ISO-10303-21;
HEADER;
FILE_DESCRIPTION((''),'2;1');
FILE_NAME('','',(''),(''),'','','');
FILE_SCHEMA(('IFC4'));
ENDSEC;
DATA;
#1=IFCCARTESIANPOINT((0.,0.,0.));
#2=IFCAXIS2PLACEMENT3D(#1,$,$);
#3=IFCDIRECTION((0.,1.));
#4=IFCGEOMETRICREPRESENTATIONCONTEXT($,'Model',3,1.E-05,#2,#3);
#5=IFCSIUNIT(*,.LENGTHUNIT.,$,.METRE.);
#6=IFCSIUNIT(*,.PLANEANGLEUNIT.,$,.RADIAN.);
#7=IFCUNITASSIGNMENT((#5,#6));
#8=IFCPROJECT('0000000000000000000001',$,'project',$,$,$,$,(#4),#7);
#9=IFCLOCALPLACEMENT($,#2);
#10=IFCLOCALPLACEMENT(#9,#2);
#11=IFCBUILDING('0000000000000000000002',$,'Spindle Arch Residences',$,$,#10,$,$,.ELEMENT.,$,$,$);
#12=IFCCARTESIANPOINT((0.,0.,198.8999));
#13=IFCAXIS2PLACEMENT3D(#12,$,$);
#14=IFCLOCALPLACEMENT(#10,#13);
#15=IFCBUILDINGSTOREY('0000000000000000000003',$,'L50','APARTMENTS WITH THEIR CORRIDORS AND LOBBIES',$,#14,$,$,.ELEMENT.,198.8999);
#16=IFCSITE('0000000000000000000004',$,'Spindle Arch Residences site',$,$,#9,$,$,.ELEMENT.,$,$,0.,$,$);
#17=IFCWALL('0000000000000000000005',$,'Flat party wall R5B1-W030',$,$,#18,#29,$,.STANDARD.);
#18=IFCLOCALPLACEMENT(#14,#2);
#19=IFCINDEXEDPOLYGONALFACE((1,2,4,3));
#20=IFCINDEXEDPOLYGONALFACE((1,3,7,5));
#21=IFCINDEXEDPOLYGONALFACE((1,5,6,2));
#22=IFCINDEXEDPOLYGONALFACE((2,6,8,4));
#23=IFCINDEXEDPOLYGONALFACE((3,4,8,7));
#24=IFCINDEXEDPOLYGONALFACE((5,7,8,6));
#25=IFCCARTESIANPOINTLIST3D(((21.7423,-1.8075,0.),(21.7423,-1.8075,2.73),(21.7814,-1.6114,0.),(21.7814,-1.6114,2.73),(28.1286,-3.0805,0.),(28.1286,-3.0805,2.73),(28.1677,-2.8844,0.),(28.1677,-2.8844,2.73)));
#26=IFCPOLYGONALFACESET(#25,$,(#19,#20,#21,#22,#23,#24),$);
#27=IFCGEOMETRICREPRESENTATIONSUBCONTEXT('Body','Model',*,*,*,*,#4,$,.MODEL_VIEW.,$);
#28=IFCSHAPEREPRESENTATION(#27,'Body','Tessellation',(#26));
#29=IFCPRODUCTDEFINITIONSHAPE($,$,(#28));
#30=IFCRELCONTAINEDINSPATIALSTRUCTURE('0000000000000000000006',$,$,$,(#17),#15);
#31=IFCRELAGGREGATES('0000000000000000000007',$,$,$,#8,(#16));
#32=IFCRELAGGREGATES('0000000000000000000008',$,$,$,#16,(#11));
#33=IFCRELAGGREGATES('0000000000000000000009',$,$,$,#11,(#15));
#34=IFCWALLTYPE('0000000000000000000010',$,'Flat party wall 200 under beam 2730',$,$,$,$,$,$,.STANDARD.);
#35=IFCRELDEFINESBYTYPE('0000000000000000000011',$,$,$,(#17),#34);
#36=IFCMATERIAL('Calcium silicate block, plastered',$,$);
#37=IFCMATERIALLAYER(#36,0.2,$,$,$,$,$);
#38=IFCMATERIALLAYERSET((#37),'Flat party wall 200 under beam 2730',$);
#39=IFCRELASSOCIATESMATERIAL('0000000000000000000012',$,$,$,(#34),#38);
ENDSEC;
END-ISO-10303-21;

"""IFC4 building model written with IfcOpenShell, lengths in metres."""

from ifc_helpers import new_model, si_unit, direction, frame, frame_2d, origin, place, context, subcontext, project, spatial, rectangle, extrude, material, layer, layer_set, type_object, element, save


model = new_model("IFC4")

# Units and contexts
model_context = context("Model", 3, precision=1e-05, world=origin(), true_north=direction((0.0, 1.0)))
body_context = subcontext(model_context, "Body", "Model", "MODEL_VIEW")
ifc_project = project(units=[si_unit("LENGTHUNIT", "METRE"), si_unit("PLANEANGLEUNIT", "RADIAN")], contexts=[model_context])

# Site, building, storey
site_placement = place(None, origin())
site = spatial("IfcSite", under=ifc_project, at=site_placement, Name="Spindle Arch Residences site", CompositionType="ELEMENT", RefElevation=0.0)
building_placement = place(site_placement, origin())
building = spatial("IfcBuilding", under=site, at=building_placement, Name="Spindle Arch Residences", CompositionType="ELEMENT")
storey_placement = place(building_placement, frame((0.0, 0.0, 198.8999)))
storey = spatial("IfcBuildingStorey", under=building, at=storey_placement, Name="L50", Description="APARTMENTS WITH THEIR CORRIDORS AND LOBBIES", CompositionType="ELEMENT", Elevation=198.8999)

# Wall
ifc_material_1 = material(Name="Calcium silicate block, plastered")
ifc_layer_1 = layer(ifc_material_1, 0.2)
ifc_layer_set_1 = layer_set([ifc_layer_1], Name="Flat party wall 200 under beam 2730")
wall_type_1 = type_object("IfcWallType", Name="Flat party wall 200 under beam 2730", PredefinedType="STANDARD", material=ifc_layer_set_1)
wall_1_placement = place(storey_placement, frame((21.762, -1.7095, 0.0), z_axis=(0.0, 0.0, 1.0), x_axis=(0.980707, -0.195482, 0.0)))
element("IfcWall", 1, at=wall_1_placement, inside=storey, type_object=wall_type_1, Name="Flat party wall R5B1-W030", PredefinedType="STANDARD", context=body_context, shape_type="SweptSolid", body=[
    extrude(rectangle(XDim=6.512, YDim=0.2, at=frame_2d((3.2559, 0.0))), origin(), (0.0, 0.0, 1.0), 2.73),
])

save(model, "model.ifc")
